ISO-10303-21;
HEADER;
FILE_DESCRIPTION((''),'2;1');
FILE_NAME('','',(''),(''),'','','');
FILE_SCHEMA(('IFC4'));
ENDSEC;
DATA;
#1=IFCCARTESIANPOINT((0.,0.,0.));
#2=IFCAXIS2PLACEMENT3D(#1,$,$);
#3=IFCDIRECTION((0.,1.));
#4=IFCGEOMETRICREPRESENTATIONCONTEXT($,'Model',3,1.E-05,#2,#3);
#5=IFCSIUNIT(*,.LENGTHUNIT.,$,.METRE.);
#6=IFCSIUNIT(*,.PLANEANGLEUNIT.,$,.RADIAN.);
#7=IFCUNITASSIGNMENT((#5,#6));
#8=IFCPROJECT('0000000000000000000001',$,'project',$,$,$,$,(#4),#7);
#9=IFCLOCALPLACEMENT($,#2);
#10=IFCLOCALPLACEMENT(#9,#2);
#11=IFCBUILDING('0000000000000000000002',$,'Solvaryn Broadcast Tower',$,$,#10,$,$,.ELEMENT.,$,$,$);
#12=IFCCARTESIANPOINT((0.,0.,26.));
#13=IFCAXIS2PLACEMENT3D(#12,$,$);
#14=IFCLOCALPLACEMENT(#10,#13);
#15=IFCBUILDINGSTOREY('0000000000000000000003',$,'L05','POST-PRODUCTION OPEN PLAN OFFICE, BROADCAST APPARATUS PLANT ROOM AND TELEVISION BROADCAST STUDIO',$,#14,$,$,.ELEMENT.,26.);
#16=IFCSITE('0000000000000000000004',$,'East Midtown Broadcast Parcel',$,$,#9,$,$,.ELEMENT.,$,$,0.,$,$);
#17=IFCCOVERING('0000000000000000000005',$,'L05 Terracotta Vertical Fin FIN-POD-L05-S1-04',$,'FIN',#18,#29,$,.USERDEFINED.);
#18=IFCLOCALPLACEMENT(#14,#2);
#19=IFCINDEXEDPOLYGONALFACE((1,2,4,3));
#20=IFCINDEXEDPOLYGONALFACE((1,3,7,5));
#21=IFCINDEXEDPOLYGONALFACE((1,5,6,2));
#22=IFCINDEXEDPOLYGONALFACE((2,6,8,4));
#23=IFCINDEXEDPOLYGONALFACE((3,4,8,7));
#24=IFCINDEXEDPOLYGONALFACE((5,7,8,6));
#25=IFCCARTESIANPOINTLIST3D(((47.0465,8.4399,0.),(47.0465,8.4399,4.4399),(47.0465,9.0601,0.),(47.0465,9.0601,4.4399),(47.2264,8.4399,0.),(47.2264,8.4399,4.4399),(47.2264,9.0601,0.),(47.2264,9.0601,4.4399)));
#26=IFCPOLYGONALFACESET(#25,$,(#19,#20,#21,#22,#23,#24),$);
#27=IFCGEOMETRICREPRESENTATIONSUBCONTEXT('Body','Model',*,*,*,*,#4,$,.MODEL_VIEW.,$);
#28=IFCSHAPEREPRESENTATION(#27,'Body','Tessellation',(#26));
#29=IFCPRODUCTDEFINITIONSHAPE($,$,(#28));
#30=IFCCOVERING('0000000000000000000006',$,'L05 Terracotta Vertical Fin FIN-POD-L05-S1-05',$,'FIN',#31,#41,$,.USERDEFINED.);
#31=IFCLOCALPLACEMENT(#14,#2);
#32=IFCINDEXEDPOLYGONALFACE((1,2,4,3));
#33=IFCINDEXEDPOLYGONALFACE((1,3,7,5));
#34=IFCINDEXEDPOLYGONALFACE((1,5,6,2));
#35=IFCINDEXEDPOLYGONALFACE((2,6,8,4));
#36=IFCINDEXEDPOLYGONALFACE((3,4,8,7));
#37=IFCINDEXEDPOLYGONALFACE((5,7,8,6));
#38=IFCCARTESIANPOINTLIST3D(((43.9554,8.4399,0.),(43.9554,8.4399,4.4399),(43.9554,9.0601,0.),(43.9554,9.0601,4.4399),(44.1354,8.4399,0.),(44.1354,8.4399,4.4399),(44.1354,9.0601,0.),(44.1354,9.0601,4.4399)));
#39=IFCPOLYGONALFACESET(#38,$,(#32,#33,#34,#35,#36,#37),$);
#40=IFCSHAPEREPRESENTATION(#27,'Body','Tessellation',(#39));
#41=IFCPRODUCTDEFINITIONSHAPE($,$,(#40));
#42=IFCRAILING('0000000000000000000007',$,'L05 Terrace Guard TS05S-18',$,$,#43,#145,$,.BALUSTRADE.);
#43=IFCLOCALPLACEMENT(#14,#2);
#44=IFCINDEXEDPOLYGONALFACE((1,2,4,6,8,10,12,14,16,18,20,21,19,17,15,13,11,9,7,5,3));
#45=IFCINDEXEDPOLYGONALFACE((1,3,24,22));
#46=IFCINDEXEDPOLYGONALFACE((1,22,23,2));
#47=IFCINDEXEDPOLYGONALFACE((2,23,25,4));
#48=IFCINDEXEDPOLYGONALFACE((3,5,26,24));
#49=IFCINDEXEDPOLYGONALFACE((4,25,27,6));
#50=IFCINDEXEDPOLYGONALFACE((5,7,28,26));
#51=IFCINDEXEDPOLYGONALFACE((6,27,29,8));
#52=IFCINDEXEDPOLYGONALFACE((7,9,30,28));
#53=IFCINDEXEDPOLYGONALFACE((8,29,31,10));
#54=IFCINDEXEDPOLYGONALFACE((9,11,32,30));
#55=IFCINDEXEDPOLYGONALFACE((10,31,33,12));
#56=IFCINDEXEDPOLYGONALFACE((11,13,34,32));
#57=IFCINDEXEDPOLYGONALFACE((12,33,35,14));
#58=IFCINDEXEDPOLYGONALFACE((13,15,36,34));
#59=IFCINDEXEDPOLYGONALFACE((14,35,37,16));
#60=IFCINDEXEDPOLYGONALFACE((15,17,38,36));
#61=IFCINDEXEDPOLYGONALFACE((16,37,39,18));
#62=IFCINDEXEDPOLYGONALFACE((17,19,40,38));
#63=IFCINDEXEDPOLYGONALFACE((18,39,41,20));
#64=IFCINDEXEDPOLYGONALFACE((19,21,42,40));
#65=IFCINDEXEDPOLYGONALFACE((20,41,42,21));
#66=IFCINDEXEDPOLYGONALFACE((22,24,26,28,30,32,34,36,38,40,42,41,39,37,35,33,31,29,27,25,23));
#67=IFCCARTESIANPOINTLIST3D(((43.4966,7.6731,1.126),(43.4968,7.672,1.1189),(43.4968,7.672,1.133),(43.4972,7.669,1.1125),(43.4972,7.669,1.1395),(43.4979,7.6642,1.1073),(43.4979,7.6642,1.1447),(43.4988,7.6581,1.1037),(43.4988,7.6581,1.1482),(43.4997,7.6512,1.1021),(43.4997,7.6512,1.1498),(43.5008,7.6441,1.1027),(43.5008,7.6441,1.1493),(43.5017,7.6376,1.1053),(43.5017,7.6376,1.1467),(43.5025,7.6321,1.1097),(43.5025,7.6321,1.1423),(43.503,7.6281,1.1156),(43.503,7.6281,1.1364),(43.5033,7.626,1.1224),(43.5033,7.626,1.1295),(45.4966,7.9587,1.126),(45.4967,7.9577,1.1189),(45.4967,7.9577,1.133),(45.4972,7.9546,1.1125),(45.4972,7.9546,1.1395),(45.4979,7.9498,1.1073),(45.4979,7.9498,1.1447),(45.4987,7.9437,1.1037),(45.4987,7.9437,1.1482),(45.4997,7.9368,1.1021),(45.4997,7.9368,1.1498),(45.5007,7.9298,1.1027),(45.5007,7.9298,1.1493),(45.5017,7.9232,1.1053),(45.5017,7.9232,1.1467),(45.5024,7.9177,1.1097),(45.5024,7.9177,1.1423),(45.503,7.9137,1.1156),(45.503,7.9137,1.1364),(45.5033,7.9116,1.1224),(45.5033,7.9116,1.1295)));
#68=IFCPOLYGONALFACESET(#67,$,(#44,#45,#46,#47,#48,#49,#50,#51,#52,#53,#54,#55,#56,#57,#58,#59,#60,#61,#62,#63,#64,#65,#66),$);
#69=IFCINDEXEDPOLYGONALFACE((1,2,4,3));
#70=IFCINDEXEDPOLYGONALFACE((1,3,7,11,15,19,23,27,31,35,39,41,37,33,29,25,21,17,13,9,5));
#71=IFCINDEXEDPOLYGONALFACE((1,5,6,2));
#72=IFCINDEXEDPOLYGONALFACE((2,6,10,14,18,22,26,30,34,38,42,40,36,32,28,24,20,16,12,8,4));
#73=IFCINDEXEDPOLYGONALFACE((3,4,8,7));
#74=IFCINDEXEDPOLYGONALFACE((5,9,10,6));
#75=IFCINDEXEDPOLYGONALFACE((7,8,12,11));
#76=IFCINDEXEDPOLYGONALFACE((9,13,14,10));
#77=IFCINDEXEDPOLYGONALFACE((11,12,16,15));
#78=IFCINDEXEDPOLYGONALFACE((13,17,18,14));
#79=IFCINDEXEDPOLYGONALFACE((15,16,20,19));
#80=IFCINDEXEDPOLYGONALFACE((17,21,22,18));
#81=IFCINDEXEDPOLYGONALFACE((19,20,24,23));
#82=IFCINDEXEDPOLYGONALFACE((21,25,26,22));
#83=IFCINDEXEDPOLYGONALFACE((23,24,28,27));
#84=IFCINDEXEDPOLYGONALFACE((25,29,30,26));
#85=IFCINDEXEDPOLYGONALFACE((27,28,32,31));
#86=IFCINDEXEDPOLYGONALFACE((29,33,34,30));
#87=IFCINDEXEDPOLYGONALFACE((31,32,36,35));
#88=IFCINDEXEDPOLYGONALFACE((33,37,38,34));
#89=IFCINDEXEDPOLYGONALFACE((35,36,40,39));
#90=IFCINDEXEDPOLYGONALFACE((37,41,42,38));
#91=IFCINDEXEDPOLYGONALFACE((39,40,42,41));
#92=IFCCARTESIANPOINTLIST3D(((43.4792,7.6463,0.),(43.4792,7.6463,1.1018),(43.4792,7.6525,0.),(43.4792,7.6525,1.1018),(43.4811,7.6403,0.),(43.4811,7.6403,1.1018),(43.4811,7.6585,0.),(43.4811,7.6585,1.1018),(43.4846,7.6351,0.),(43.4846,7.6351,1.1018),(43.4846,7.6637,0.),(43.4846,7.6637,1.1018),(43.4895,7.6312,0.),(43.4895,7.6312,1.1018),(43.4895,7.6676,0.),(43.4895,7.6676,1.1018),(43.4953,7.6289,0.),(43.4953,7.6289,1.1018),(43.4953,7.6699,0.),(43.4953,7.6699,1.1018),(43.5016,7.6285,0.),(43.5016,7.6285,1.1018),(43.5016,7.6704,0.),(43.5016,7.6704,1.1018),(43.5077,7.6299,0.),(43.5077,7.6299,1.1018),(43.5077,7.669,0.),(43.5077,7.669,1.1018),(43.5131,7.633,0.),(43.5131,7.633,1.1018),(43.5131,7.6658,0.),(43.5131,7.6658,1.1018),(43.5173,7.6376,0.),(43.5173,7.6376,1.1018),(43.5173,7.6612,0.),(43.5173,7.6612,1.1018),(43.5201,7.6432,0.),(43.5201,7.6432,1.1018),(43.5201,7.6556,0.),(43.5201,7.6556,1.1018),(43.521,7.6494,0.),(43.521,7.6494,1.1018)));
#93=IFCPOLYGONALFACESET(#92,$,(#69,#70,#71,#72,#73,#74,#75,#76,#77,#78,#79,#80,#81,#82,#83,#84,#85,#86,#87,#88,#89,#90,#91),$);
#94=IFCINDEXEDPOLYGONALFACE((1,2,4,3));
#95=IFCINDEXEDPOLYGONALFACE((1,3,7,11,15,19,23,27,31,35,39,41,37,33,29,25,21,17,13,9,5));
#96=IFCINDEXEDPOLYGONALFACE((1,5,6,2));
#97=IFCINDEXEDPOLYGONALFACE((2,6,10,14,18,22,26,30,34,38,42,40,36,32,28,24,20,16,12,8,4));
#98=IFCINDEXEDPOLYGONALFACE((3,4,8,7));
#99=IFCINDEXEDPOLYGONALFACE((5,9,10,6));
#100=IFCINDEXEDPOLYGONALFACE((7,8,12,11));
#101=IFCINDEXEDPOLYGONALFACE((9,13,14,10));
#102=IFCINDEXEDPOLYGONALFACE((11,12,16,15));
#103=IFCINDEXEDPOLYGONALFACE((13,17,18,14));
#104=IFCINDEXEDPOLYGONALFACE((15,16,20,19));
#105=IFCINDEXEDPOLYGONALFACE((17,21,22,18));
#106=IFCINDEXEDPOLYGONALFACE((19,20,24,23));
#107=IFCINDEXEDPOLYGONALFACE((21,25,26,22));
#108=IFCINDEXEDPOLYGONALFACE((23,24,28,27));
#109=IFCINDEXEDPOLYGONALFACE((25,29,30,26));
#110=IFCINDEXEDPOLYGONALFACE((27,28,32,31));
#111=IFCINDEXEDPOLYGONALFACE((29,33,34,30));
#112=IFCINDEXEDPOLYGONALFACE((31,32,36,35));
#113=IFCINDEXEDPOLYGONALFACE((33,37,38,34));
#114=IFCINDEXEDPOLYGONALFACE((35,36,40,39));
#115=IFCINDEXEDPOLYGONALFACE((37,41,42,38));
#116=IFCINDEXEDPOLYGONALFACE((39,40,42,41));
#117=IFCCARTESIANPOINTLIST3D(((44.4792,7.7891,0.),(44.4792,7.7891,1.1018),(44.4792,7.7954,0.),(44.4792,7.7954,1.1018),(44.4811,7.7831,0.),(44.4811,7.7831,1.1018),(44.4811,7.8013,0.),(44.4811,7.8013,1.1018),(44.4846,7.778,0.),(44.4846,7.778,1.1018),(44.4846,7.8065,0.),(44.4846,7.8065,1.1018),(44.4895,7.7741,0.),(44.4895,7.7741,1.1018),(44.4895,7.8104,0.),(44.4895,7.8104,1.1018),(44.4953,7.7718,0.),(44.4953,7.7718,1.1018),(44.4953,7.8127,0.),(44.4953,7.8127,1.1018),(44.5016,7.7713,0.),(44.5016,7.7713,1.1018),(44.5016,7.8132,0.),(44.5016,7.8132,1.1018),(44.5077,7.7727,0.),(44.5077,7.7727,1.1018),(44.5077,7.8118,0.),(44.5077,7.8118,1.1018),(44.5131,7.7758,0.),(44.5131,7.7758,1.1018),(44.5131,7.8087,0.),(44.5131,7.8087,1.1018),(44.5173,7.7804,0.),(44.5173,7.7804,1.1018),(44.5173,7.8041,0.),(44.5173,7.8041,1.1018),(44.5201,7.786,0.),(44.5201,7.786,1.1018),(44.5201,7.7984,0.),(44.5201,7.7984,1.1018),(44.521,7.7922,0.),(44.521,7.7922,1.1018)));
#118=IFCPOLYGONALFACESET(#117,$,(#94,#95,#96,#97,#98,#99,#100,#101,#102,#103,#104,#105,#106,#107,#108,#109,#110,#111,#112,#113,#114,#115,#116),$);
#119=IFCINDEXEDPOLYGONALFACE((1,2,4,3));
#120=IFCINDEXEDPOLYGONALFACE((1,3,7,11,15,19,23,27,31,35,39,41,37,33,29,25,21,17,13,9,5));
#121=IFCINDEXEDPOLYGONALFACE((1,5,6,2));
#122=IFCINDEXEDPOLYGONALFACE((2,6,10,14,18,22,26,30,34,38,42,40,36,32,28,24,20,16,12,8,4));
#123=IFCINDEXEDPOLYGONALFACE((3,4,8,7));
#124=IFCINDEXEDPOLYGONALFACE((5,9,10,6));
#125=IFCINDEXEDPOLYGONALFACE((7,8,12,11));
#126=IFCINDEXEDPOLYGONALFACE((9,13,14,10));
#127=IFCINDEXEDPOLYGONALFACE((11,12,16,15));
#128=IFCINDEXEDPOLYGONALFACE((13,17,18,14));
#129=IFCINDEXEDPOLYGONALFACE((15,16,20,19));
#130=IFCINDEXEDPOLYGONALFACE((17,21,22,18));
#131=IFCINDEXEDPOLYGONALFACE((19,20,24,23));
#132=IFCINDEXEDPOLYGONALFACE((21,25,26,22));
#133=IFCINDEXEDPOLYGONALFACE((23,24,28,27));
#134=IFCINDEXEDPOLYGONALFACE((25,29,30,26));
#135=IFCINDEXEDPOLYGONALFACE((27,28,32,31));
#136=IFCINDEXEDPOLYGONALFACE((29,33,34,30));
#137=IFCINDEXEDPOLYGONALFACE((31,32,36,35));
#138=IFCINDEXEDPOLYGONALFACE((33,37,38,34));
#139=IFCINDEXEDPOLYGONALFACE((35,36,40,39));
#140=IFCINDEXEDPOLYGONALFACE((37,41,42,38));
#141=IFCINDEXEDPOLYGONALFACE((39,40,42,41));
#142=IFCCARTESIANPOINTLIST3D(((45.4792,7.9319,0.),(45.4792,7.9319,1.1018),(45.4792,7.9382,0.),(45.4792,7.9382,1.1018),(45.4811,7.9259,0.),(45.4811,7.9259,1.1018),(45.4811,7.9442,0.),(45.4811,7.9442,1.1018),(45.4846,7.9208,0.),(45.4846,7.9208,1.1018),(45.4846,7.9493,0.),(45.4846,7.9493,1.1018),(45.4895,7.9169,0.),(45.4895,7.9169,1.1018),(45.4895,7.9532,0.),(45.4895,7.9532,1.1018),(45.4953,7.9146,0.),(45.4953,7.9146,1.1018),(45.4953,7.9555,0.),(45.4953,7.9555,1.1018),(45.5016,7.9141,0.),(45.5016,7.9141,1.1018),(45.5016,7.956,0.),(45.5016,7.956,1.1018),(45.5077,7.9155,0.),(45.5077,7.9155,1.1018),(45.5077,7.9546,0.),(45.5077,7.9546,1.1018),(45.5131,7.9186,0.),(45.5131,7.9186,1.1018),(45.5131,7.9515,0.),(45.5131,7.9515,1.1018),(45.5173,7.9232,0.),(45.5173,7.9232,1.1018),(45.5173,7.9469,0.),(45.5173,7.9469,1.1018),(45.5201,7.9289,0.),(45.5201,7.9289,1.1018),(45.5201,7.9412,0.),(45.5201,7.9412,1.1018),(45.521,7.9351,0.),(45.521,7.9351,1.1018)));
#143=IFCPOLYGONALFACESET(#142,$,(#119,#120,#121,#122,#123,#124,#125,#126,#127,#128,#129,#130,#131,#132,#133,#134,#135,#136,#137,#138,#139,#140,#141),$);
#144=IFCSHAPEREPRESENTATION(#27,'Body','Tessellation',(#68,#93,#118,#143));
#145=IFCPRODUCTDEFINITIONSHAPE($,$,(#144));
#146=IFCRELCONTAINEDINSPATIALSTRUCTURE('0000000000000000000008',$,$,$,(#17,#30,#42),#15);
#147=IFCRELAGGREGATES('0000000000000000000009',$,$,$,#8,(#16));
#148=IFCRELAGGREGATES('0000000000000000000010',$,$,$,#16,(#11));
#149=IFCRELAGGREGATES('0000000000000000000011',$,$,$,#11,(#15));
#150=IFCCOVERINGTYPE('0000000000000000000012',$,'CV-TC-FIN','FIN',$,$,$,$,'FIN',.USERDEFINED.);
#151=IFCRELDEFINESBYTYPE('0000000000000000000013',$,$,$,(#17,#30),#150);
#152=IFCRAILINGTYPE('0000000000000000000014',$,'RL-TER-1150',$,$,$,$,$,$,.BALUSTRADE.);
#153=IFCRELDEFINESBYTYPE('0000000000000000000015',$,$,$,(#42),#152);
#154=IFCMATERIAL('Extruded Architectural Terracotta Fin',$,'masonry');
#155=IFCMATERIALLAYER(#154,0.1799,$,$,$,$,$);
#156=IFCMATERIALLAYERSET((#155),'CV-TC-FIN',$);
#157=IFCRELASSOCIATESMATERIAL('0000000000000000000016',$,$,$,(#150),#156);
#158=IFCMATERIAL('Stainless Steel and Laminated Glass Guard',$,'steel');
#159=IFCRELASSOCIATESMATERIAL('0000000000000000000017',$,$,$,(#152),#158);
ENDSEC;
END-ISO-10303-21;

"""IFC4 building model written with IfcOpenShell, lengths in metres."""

from ifc_helpers import new_model, si_unit, direction, frame, origin, origin_2d, place, context, subcontext, project, spatial, rectangle, circle, extrude, material, layer, layer_set, type_object, element, save


model = new_model("IFC4")

# Units and contexts
model_context = context("Model", 3, precision=1e-05, world=origin(), true_north=direction((0.0, 1.0)))
body_context = subcontext(model_context, "Body", "Model", "MODEL_VIEW")
ifc_project = project(units=[si_unit("LENGTHUNIT", "METRE"), si_unit("PLANEANGLEUNIT", "RADIAN")], contexts=[model_context])

# Site, building, storey
site_placement = place(None, origin())
site = spatial("IfcSite", under=ifc_project, at=site_placement, Name="East Midtown Broadcast Parcel", CompositionType="ELEMENT", RefElevation=0.0)
building_placement = place(site_placement, origin())
building = spatial("IfcBuilding", under=site, at=building_placement, Name="Solvaryn Broadcast Tower", CompositionType="ELEMENT")
storey_placement = place(building_placement, frame((0.0, 0.0, 26.0)))
storey = spatial("IfcBuildingStorey", under=building, at=storey_placement, Name="L05", Description="POST-PRODUCTION OPEN PLAN OFFICE, BROADCAST APPARATUS PLANT ROOM AND TELEVISION BROADCAST STUDIO", CompositionType="ELEMENT", Elevation=26.0)

# Coverings
ifc_material_1 = material(Name="Extruded Architectural Terracotta Fin", Category="masonry")
ifc_layer_1 = layer(ifc_material_1, 0.1799)
ifc_layer_set_1 = layer_set([ifc_layer_1], Name="CV-TC-FIN")
covering_type = type_object("IfcCoveringType", Name="CV-TC-FIN", Description="FIN", ElementType="FIN", PredefinedType="USERDEFINED", material=ifc_layer_set_1)
for number, where, z_axis, x_axis, name in (
    (1, (47.1365, 8.75, 0.0), (0.0, 0.0, 1.0), (1.0, 0.0, 0.0), "L05 Terracotta Vertical Fin FIN-POD-L05-S1-04"),
    (2, (44.0454, 8.75, 0.0), (0.0, 0.0, 1.0), (1.0, 0.0, 0.0), "L05 Terracotta Vertical Fin FIN-POD-L05-S1-05"),
):
    element("IfcCovering", number, at=place(storey_placement, frame(where, z_axis=z_axis, x_axis=x_axis)), inside=storey, type_object=covering_type, Name=name, ObjectType="FIN", PredefinedType="USERDEFINED", context=body_context, shape_type="SweptSolid", body=[
        extrude(rectangle(XDim=0.1799, YDim=0.6201, at=origin_2d()), origin(), (0.0, 0.0, 1.0), 4.4399),
    ])

# Railing
ifc_material_2 = material(Name="Stainless Steel and Laminated Glass Guard", Category="steel")
railing_type = type_object("IfcRailingType", Name="RL-TER-1150", PredefinedType="BALUSTRADE", material=ifc_material_2)
railing_1_placement = place(storey_placement, frame((43.5, 7.6494, 0.0)))
element("IfcRailing", 3, at=railing_1_placement, inside=storey, type_object=railing_type, Name="L05 Terrace Guard TS05S-18", PredefinedType="BALUSTRADE", context=body_context, shape_type="SweptSolid", body=[
    extrude(circle(Radius=0.0239, at=origin_2d()), frame((0.0, 0.0, 1.126), z_axis=(0.989954, 0.141388, 0.0), x_axis=(-0.141388, 0.989954, 0.0)), (0.0, 0.0, 1.0), 2.0203),
    extrude(circle(Radius=0.021, at=origin_2d()), origin(), (0.0, 0.0, 1.0), 1.1018),
    extrude(circle(Radius=0.021, at=origin_2d()), frame((1.0, 0.1428, 0.0)), (0.0, 0.0, 1.0), 1.1018),
    extrude(circle(Radius=0.021, at=origin_2d()), frame((2.0, 0.2856, 0.0)), (0.0, 0.0, 1.0), 1.1018),
])

save(model, "model.ifc")
